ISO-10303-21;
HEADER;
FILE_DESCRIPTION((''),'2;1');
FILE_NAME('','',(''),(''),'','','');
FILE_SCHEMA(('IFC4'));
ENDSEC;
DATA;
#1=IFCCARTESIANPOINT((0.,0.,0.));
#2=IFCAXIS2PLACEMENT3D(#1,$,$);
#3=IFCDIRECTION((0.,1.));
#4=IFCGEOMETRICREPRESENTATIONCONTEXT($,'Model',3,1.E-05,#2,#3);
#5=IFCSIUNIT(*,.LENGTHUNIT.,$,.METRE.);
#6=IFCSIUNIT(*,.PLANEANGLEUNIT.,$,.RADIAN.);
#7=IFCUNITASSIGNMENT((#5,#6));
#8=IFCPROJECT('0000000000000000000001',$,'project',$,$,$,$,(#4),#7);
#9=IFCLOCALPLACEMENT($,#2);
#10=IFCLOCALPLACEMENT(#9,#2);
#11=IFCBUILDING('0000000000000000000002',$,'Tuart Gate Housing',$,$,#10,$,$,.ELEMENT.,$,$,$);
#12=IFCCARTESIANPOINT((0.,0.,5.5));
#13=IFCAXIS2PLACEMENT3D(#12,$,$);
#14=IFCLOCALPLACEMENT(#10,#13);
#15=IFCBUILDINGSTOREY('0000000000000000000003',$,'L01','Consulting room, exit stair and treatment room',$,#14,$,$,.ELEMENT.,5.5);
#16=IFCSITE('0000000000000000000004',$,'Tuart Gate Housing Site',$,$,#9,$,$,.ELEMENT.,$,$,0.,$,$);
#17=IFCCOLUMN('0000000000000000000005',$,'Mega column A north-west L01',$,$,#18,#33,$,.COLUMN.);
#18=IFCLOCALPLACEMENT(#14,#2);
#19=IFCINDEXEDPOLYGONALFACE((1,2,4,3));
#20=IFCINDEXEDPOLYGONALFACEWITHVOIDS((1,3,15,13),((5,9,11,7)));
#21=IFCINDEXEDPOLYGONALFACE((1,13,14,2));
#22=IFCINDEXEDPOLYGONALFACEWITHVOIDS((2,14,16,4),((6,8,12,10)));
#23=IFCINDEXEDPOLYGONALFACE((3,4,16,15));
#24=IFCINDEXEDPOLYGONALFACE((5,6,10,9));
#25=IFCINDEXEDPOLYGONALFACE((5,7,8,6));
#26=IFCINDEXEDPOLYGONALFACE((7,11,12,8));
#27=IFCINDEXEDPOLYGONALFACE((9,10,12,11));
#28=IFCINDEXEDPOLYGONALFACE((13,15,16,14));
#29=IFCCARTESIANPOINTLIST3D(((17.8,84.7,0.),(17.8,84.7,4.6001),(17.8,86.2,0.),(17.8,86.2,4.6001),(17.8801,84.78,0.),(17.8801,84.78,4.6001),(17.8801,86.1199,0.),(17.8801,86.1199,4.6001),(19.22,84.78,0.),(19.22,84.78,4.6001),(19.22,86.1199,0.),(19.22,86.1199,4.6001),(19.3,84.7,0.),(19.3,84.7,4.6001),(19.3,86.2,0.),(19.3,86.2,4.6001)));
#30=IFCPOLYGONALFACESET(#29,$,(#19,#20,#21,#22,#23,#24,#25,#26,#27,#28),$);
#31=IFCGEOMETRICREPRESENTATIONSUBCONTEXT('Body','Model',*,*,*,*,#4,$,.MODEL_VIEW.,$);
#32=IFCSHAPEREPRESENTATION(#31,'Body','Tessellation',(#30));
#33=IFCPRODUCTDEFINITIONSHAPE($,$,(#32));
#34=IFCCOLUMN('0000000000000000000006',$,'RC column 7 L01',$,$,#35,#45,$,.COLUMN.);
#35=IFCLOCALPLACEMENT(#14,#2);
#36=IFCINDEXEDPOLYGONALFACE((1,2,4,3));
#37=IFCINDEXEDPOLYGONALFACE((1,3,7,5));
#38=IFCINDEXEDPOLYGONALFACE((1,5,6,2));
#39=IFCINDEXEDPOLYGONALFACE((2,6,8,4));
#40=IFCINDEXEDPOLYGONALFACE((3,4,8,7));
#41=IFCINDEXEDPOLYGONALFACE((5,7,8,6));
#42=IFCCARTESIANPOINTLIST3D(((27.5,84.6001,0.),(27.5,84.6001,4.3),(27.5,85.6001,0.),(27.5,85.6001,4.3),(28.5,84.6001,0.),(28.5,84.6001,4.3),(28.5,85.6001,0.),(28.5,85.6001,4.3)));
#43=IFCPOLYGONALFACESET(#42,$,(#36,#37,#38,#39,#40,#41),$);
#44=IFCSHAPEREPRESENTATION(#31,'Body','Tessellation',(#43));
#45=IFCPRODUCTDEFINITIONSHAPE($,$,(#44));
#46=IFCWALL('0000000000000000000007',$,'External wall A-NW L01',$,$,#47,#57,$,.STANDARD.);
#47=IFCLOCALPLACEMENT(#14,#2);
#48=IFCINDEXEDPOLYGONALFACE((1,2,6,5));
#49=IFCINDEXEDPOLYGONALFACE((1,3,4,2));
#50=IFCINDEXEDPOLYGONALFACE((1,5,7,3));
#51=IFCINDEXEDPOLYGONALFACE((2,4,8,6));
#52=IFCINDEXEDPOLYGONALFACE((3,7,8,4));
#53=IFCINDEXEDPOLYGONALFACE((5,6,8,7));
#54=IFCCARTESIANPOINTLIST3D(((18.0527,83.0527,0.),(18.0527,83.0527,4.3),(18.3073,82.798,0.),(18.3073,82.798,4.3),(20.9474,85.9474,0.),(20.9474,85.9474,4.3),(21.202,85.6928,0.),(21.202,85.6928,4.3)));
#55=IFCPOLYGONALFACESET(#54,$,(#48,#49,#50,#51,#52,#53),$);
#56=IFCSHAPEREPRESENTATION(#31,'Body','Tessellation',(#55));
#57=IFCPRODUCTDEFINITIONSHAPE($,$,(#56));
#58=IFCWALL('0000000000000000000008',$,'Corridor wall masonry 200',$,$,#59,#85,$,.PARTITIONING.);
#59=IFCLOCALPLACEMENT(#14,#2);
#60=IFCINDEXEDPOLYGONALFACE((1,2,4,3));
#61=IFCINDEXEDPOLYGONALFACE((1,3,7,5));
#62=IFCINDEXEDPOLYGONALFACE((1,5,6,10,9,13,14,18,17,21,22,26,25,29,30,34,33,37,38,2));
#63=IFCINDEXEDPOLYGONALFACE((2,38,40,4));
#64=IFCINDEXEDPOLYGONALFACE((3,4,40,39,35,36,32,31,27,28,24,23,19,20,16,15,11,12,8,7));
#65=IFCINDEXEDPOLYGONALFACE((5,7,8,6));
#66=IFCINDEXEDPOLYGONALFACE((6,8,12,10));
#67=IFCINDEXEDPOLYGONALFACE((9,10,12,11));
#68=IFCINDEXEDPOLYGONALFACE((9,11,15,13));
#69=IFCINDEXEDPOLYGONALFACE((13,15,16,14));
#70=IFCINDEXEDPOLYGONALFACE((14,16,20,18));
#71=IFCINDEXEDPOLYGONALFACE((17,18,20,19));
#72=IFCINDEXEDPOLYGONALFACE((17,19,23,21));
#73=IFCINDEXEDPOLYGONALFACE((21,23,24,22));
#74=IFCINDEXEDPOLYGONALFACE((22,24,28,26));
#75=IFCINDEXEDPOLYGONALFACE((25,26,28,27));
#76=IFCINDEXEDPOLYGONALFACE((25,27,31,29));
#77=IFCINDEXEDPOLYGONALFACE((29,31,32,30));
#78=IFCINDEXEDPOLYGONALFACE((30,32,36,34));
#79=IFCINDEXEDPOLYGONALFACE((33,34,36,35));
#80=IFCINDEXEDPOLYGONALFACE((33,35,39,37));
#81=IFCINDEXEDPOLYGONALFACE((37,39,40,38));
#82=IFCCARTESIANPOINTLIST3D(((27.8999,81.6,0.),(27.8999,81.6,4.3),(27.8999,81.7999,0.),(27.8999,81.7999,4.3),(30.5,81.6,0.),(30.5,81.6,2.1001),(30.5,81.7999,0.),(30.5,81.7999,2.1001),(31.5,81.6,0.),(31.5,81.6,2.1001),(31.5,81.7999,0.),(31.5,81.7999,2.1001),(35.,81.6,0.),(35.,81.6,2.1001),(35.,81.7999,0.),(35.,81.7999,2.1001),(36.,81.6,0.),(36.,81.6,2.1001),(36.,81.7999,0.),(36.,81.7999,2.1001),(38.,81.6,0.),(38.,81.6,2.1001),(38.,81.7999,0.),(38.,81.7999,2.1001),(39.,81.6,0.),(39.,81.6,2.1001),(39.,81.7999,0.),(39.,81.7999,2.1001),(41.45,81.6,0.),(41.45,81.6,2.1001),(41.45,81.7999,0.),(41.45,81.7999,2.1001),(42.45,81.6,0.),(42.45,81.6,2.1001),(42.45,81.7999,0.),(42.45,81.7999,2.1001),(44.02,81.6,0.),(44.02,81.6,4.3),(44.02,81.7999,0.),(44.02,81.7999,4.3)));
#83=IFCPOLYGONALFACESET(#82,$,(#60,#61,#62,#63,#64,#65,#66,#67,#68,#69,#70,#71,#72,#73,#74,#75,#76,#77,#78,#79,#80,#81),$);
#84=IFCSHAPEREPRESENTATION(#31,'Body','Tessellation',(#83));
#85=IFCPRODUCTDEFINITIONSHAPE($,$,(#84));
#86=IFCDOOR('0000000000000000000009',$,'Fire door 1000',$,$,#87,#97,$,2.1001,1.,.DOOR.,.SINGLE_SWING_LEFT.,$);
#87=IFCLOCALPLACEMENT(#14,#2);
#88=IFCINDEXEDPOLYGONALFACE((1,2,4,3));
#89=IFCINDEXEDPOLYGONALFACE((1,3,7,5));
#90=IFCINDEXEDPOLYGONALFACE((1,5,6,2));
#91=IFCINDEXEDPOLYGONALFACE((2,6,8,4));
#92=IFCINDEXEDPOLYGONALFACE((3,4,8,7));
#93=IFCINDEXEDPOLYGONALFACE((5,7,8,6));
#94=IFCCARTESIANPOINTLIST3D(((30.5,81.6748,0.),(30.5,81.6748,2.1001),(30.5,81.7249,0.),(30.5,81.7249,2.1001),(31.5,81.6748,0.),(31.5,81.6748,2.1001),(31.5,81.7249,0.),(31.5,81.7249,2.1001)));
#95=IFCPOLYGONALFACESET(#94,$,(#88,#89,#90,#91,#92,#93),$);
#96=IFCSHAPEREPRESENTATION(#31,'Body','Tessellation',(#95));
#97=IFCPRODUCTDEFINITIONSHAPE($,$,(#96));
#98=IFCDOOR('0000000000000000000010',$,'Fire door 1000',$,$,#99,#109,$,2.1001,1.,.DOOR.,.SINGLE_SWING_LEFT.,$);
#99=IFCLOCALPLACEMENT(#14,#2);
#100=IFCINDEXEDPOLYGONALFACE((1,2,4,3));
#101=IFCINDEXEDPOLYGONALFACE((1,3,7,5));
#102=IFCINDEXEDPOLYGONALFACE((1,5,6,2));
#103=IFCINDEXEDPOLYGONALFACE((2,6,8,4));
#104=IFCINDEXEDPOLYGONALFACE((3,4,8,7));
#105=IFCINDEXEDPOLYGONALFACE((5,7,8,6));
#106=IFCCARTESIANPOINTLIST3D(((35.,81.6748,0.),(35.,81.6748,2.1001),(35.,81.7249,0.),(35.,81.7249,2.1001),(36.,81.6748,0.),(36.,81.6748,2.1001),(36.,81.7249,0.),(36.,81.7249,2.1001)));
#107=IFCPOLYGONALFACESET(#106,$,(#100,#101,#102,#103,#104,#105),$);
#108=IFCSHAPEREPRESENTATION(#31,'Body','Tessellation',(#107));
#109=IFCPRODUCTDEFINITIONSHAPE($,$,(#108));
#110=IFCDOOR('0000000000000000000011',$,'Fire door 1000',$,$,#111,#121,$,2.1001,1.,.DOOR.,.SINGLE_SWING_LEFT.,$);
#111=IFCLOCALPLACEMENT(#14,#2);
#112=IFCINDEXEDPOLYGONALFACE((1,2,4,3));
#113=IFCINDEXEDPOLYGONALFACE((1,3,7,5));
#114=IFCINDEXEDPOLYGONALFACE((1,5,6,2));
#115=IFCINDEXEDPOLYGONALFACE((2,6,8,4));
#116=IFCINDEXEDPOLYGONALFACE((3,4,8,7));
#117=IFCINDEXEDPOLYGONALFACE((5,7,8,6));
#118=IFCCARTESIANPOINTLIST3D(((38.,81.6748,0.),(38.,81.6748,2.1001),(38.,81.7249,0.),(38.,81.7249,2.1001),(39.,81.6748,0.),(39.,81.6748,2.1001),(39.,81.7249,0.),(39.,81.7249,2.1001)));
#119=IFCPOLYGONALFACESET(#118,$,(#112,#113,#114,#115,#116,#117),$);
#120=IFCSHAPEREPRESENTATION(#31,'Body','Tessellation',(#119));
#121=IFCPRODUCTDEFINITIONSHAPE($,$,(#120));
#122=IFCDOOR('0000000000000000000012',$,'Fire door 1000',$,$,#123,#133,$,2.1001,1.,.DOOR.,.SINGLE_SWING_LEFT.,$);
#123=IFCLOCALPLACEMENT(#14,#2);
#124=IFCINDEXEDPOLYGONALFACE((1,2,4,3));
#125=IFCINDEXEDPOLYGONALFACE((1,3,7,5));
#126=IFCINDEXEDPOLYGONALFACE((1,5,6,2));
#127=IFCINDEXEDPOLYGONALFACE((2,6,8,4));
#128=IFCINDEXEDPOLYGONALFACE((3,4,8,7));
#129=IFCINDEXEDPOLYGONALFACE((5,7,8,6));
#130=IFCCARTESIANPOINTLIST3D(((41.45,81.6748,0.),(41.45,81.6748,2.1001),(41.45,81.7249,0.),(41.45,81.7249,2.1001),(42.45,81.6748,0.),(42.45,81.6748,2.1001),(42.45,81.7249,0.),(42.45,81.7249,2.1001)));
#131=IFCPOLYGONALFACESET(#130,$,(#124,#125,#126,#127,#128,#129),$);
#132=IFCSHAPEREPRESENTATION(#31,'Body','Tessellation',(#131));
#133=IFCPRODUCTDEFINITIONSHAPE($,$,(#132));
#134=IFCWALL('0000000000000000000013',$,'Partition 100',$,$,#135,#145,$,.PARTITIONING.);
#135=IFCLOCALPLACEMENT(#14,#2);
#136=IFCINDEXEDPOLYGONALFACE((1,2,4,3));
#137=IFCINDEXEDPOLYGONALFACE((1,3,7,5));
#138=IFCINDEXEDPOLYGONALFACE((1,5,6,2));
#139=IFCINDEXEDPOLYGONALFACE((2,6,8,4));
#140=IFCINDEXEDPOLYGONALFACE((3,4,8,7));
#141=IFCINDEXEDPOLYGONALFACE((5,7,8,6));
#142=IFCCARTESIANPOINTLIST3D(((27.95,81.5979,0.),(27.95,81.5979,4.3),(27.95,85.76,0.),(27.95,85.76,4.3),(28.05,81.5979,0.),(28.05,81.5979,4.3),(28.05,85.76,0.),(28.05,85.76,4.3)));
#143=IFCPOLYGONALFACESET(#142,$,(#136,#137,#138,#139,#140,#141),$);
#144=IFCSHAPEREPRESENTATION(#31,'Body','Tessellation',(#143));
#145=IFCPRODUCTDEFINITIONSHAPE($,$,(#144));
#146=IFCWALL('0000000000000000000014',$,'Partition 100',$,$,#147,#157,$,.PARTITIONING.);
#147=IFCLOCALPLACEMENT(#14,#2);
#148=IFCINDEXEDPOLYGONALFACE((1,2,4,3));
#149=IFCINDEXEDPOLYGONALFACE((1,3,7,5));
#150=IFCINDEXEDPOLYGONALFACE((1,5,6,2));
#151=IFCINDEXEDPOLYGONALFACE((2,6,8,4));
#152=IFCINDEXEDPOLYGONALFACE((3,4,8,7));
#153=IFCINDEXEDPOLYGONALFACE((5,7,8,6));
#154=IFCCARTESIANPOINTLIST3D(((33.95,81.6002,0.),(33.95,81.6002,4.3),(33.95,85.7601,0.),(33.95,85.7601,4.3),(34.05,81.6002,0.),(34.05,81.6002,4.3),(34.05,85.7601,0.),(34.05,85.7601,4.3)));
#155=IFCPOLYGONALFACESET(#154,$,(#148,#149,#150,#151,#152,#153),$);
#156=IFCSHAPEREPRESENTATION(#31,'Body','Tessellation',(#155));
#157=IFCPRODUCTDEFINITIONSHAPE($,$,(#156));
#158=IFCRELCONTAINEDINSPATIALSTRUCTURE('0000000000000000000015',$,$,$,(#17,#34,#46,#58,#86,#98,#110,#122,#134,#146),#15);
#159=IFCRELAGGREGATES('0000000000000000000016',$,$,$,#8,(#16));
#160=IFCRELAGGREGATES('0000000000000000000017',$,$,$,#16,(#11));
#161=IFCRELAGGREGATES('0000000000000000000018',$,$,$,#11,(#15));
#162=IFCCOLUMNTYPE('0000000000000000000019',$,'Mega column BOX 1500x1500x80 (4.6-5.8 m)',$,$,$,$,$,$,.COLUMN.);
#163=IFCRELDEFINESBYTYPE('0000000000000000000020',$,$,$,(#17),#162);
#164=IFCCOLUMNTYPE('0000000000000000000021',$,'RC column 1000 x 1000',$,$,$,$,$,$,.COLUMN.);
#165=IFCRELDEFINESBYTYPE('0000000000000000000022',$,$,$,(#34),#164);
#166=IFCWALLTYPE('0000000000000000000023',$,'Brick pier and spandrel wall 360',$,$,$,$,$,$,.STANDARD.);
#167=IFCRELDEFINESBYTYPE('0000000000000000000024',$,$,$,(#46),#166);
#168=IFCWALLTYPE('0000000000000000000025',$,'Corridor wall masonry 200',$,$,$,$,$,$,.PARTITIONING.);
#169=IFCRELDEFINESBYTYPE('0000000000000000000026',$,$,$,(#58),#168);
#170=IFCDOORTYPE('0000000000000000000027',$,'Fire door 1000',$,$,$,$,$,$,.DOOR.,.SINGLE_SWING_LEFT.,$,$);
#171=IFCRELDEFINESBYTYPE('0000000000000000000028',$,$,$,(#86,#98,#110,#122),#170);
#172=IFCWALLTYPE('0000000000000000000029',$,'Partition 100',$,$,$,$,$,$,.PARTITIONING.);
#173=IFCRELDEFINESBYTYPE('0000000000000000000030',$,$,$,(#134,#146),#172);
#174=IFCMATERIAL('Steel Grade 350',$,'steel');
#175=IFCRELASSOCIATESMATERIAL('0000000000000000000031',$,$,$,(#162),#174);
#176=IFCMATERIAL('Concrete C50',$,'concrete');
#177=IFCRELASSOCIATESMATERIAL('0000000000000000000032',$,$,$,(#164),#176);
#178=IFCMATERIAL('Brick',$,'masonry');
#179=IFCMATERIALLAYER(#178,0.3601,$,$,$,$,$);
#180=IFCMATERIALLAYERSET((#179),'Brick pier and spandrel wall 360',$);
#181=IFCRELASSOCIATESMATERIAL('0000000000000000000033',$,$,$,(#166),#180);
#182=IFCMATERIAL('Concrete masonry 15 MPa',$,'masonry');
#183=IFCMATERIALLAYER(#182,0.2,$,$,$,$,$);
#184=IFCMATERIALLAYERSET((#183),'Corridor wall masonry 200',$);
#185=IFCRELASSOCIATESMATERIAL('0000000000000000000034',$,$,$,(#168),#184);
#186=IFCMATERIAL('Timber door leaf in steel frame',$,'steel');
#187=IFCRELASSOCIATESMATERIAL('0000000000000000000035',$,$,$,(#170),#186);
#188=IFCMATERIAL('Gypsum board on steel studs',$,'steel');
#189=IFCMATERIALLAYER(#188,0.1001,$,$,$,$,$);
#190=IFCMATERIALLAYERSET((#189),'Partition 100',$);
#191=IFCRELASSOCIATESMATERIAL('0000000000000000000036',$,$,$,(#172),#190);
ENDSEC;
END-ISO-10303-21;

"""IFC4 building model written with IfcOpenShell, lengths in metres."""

from ifc_helpers import new_model, si_unit, direction, frame, frame_2d, origin, origin_2d, place, context, subcontext, project, spatial, rectangle, hollow_rectangle, extrude, material, layer, layer_set, material_profile, profile_set, type_object, element, fill, save


model = new_model("IFC4")

# Units and contexts
model_context = context("Model", 3, precision=1e-05, world=origin(), true_north=direction((0.0, 1.0)))
body_context = subcontext(model_context, "Body", "Model", "MODEL_VIEW")
ifc_project = project(units=[si_unit("LENGTHUNIT", "METRE"), si_unit("PLANEANGLEUNIT", "RADIAN")], contexts=[model_context])

# Site, building, storey
site_placement = place(None, origin())
site = spatial("IfcSite", under=ifc_project, at=site_placement, Name="Tuart Gate Housing Site", CompositionType="ELEMENT", RefElevation=0.0)
building_placement = place(site_placement, origin())
building = spatial("IfcBuilding", under=site, at=building_placement, Name="Tuart Gate Housing", CompositionType="ELEMENT")
storey_placement = place(building_placement, frame((0.0, 0.0, 5.5)))
storey = spatial("IfcBuildingStorey", under=building, at=storey_placement, Name="L01", Description="Consulting room, exit stair and treatment room", CompositionType="ELEMENT", Elevation=5.5)

# Columns
ifc_material_1 = material(Name="Steel Grade 350", Category="steel")
ifc_material_profile_1 = material_profile(ifc_material_1, hollow_rectangle(XDim=1.5, YDim=1.5, WallThickness=0.0801, at=origin_2d()), Name="BOX 1500x1500x80")
ifc_profile_set_1 = profile_set([ifc_material_profile_1], Name="Steel Grade 350")
column_type_1 = type_object("IfcColumnType", Name="Mega column BOX 1500x1500x80 (4.6-5.8 m)", PredefinedType="COLUMN", material=ifc_profile_set_1)
column_1_placement = place(storey_placement, frame((18.55, 85.45, 0.0), z_axis=(0.0, 0.0, 1.0), x_axis=(1.0, 0.0, 0.0)))
element("IfcColumn", 1, at=column_1_placement, inside=storey, type_object=column_type_1, Name="Mega column A north-west L01", PredefinedType="COLUMN", context=body_context, shape_type="SweptSolid", body=[
    extrude(hollow_rectangle(XDim=1.5, YDim=1.5, WallThickness=0.0801, at=origin_2d()), origin(), (0.0, 0.0, 1.0), 4.6001),
])
ifc_material_2 = material(Name="Concrete C50", Category="concrete")
ifc_material_profile_2 = material_profile(ifc_material_2, rectangle(XDim=1.0, YDim=1.0, at=origin_2d()), Name="RC column 1000 x 1000")
ifc_profile_set_2 = profile_set([ifc_material_profile_2], Name="Concrete C50")
column_type_2 = type_object("IfcColumnType", Name="RC column 1000 x 1000", PredefinedType="COLUMN", material=ifc_profile_set_2)
column_2_placement = place(storey_placement, frame((28.0, 85.1001, 0.0), z_axis=(0.0, 0.0, 1.0), x_axis=(1.0, 0.0, 0.0)))
element("IfcColumn", 2, at=column_2_placement, inside=storey, type_object=column_type_2, Name="RC column 7 L01", PredefinedType="COLUMN", context=body_context, shape_type="SweptSolid", body=[
    extrude(rectangle(XDim=1.0, YDim=1.0, at=origin_2d()), origin(), (0.0, 0.0, 1.0), 4.3),
])

# Wall
ifc_material_3 = material(Name="Brick", Category="masonry")
ifc_layer_1 = layer(ifc_material_3, 0.3601)
ifc_layer_set_1 = layer_set([ifc_layer_1], Name="Brick pier and spandrel wall 360")
wall_type_1 = type_object("IfcWallType", Name="Brick pier and spandrel wall 360", PredefinedType="STANDARD", material=ifc_layer_set_1)
wall_1_placement = place(storey_placement, frame((21.0747, 85.8201, 0.0), z_axis=(0.0, 0.0, 1.0), x_axis=(-0.707107, -0.707107, 0.0)))
element("IfcWall", 3, at=wall_1_placement, inside=storey, type_object=wall_type_1, Name="External wall A-NW L01", PredefinedType="STANDARD", context=body_context, shape_type="SweptSolid", body=[
    extrude(rectangle(XDim=4.0938, YDim=0.3601, at=frame_2d((2.0469, 0.0))), origin(), (0.0, 0.0, 1.0), 4.3),
])

# Wall, openings, doors
ifc_material_4 = material(Name="Concrete masonry 15 MPa", Category="masonry")
ifc_layer_2 = layer(ifc_material_4, 0.2)
ifc_layer_set_2 = layer_set([ifc_layer_2], Name="Corridor wall masonry 200")
wall_type_2 = type_object("IfcWallType", Name="Corridor wall masonry 200", PredefinedType="PARTITIONING", material=ifc_layer_set_2)
wall_2_placement = place(storey_placement, frame((27.8999, 81.7, 0.0), z_axis=(0.0, 0.0, 1.0), x_axis=(1.0, 0.0, 0.0)))
wall_2 = element("IfcWall", 4, at=wall_2_placement, inside=storey, type_object=wall_type_2, Name="Corridor wall masonry 200", PredefinedType="PARTITIONING", context=body_context, shape_type="SweptSolid", body=[
    extrude(rectangle(XDim=16.1201, YDim=0.2, at=frame_2d((8.0601, 0.0))), origin(), (0.0, 0.0, 1.0), 4.3),
])
opening_1_placement = place(wall_2_placement, frame((2.6001, 0.0, 0.0)))
opening_1 = element("IfcOpeningElement", 5, at=opening_1_placement, cuts=wall_2, PredefinedType="OPENING", context=body_context, shape_type="SweptSolid", body=[
    extrude(rectangle(XDim=1.0, YDim=2.1001, at=frame_2d((0.5, 1.05))), frame((0.0, 0.1099, 0.0), z_axis=(0.0, -1.0, 0.0), x_axis=(1.0, 0.0, 0.0)), (0.0, 0.0, 1.0), 0.22),
])
opening_2_placement = place(wall_2_placement, frame((7.1001, 0.0, 0.0)))
opening_2 = element("IfcOpeningElement", 6, at=opening_2_placement, cuts=wall_2, PredefinedType="OPENING", context=body_context, shape_type="SweptSolid", body=[
    extrude(rectangle(XDim=1.0, YDim=2.1001, at=frame_2d((0.5, 1.05))), frame((0.0, 0.1099, 0.0), z_axis=(0.0, -1.0, 0.0), x_axis=(1.0, 0.0, 0.0)), (0.0, 0.0, 1.0), 0.22),
])
opening_3_placement = place(wall_2_placement, frame((10.1001, 0.0, 0.0)))
opening_3 = element("IfcOpeningElement", 7, at=opening_3_placement, cuts=wall_2, PredefinedType="OPENING", context=body_context, shape_type="SweptSolid", body=[
    extrude(rectangle(XDim=1.0, YDim=2.1001, at=frame_2d((0.5, 1.05))), frame((0.0, 0.1099, 0.0), z_axis=(0.0, -1.0, 0.0), x_axis=(1.0, 0.0, 0.0)), (0.0, 0.0, 1.0), 0.22),
])
opening_4_placement = place(wall_2_placement, frame((13.55, 0.0, 0.0)))
opening_4 = element("IfcOpeningElement", 8, at=opening_4_placement, cuts=wall_2, PredefinedType="OPENING", context=body_context, shape_type="SweptSolid", body=[
    extrude(rectangle(XDim=1.0, YDim=2.1001, at=frame_2d((0.5, 1.05))), frame((0.0, 0.1099, 0.0), z_axis=(0.0, -1.0, 0.0), x_axis=(1.0, 0.0, 0.0)), (0.0, 0.0, 1.0), 0.22),
])
ifc_material_5 = material(Name="Timber door leaf in steel frame", Category="steel")
door_type = type_object("IfcDoorType", Name="Fire door 1000", OperationType="SINGLE_SWING_LEFT", PredefinedType="DOOR", material=ifc_material_5)
door_1_placement = place(opening_1_placement, origin())
door_1 = element("IfcDoor", 9, at=door_1_placement, inside=storey, type_object=door_type, Name="Fire door 1000", OperationType="SINGLE_SWING_LEFT", OverallHeight=2.1001, OverallWidth=1.0, PredefinedType="DOOR", context=body_context, shape_type="SweptSolid", body=[
    extrude(rectangle(XDim=1.0, YDim=2.1001, at=frame_2d((0.5, 1.05))), frame((0.0, 0.0249, 0.0), z_axis=(0.0, -1.0, 0.0), x_axis=(1.0, 0.0, 0.0)), (0.0, 0.0, 1.0), 0.05),
])
fill(opening_1, door_1)
door_2_placement = place(opening_2_placement, origin())
door_2 = element("IfcDoor", 10, at=door_2_placement, inside=storey, type_object=door_type, Name="Fire door 1000", OperationType="SINGLE_SWING_LEFT", OverallHeight=2.1001, OverallWidth=1.0, PredefinedType="DOOR", context=body_context, shape_type="SweptSolid", body=[
    extrude(rectangle(XDim=1.0, YDim=2.1001, at=frame_2d((0.5, 1.05))), frame((0.0, 0.0249, 0.0), z_axis=(0.0, -1.0, 0.0), x_axis=(1.0, 0.0, 0.0)), (0.0, 0.0, 1.0), 0.05),
])
fill(opening_2, door_2)
door_3_placement = place(opening_3_placement, origin())
door_3 = element("IfcDoor", 11, at=door_3_placement, inside=storey, type_object=door_type, Name="Fire door 1000", OperationType="SINGLE_SWING_LEFT", OverallHeight=2.1001, OverallWidth=1.0, PredefinedType="DOOR", context=body_context, shape_type="SweptSolid", body=[
    extrude(rectangle(XDim=1.0, YDim=2.1001, at=frame_2d((0.5, 1.05))), frame((0.0, 0.0249, 0.0), z_axis=(0.0, -1.0, 0.0), x_axis=(1.0, 0.0, 0.0)), (0.0, 0.0, 1.0), 0.05),
])
fill(opening_3, door_3)
door_4_placement = place(opening_4_placement, origin())
door_4 = element("IfcDoor", 12, at=door_4_placement, inside=storey, type_object=door_type, Name="Fire door 1000", OperationType="SINGLE_SWING_LEFT", OverallHeight=2.1001, OverallWidth=1.0, PredefinedType="DOOR", context=body_context, shape_type="SweptSolid", body=[
    extrude(rectangle(XDim=1.0, YDim=2.1001, at=frame_2d((0.5, 1.05))), frame((0.0, 0.0249, 0.0), z_axis=(0.0, -1.0, 0.0), x_axis=(1.0, 0.0, 0.0)), (0.0, 0.0, 1.0), 0.05),
])
fill(opening_4, door_4)

# Walls
ifc_material_6 = material(Name="Gypsum board on steel studs", Category="steel")
ifc_layer_3 = layer(ifc_material_6, 0.1001)
ifc_layer_set_3 = layer_set([ifc_layer_3], Name="Partition 100")
wall_type_3 = type_object("IfcWallType", Name="Partition 100", PredefinedType="PARTITIONING", material=ifc_layer_set_3)
wall_3_placement = place(storey_placement, frame((28.0, 81.5979, 0.0), z_axis=(0.0, 0.0, 1.0), x_axis=(0.0, 1.0, 0.0)))
element("IfcWall", 13, at=wall_3_placement, inside=storey, type_object=wall_type_3, Name="Partition 100", PredefinedType="PARTITIONING", context=body_context, shape_type="SweptSolid", body=[
    extrude(rectangle(XDim=4.1621, YDim=0.1001, at=frame_2d((2.0811, 0.0))), origin(), (0.0, 0.0, 1.0), 4.3),
])
wall_4_placement = place(storey_placement, frame((34.0, 81.6001, 0.0), z_axis=(0.0, 0.0, 1.0), x_axis=(0.0, 1.0, 0.0)))
element("IfcWall", 14, at=wall_4_placement, inside=storey, type_object=wall_type_3, Name="Partition 100", PredefinedType="PARTITIONING", context=body_context, shape_type="SweptSolid", body=[
    extrude(rectangle(XDim=4.1599, YDim=0.1001, at=frame_2d((2.0801, 0.0))), origin(), (0.0, 0.0, 1.0), 4.3),
])

save(model, "model.ifc")
